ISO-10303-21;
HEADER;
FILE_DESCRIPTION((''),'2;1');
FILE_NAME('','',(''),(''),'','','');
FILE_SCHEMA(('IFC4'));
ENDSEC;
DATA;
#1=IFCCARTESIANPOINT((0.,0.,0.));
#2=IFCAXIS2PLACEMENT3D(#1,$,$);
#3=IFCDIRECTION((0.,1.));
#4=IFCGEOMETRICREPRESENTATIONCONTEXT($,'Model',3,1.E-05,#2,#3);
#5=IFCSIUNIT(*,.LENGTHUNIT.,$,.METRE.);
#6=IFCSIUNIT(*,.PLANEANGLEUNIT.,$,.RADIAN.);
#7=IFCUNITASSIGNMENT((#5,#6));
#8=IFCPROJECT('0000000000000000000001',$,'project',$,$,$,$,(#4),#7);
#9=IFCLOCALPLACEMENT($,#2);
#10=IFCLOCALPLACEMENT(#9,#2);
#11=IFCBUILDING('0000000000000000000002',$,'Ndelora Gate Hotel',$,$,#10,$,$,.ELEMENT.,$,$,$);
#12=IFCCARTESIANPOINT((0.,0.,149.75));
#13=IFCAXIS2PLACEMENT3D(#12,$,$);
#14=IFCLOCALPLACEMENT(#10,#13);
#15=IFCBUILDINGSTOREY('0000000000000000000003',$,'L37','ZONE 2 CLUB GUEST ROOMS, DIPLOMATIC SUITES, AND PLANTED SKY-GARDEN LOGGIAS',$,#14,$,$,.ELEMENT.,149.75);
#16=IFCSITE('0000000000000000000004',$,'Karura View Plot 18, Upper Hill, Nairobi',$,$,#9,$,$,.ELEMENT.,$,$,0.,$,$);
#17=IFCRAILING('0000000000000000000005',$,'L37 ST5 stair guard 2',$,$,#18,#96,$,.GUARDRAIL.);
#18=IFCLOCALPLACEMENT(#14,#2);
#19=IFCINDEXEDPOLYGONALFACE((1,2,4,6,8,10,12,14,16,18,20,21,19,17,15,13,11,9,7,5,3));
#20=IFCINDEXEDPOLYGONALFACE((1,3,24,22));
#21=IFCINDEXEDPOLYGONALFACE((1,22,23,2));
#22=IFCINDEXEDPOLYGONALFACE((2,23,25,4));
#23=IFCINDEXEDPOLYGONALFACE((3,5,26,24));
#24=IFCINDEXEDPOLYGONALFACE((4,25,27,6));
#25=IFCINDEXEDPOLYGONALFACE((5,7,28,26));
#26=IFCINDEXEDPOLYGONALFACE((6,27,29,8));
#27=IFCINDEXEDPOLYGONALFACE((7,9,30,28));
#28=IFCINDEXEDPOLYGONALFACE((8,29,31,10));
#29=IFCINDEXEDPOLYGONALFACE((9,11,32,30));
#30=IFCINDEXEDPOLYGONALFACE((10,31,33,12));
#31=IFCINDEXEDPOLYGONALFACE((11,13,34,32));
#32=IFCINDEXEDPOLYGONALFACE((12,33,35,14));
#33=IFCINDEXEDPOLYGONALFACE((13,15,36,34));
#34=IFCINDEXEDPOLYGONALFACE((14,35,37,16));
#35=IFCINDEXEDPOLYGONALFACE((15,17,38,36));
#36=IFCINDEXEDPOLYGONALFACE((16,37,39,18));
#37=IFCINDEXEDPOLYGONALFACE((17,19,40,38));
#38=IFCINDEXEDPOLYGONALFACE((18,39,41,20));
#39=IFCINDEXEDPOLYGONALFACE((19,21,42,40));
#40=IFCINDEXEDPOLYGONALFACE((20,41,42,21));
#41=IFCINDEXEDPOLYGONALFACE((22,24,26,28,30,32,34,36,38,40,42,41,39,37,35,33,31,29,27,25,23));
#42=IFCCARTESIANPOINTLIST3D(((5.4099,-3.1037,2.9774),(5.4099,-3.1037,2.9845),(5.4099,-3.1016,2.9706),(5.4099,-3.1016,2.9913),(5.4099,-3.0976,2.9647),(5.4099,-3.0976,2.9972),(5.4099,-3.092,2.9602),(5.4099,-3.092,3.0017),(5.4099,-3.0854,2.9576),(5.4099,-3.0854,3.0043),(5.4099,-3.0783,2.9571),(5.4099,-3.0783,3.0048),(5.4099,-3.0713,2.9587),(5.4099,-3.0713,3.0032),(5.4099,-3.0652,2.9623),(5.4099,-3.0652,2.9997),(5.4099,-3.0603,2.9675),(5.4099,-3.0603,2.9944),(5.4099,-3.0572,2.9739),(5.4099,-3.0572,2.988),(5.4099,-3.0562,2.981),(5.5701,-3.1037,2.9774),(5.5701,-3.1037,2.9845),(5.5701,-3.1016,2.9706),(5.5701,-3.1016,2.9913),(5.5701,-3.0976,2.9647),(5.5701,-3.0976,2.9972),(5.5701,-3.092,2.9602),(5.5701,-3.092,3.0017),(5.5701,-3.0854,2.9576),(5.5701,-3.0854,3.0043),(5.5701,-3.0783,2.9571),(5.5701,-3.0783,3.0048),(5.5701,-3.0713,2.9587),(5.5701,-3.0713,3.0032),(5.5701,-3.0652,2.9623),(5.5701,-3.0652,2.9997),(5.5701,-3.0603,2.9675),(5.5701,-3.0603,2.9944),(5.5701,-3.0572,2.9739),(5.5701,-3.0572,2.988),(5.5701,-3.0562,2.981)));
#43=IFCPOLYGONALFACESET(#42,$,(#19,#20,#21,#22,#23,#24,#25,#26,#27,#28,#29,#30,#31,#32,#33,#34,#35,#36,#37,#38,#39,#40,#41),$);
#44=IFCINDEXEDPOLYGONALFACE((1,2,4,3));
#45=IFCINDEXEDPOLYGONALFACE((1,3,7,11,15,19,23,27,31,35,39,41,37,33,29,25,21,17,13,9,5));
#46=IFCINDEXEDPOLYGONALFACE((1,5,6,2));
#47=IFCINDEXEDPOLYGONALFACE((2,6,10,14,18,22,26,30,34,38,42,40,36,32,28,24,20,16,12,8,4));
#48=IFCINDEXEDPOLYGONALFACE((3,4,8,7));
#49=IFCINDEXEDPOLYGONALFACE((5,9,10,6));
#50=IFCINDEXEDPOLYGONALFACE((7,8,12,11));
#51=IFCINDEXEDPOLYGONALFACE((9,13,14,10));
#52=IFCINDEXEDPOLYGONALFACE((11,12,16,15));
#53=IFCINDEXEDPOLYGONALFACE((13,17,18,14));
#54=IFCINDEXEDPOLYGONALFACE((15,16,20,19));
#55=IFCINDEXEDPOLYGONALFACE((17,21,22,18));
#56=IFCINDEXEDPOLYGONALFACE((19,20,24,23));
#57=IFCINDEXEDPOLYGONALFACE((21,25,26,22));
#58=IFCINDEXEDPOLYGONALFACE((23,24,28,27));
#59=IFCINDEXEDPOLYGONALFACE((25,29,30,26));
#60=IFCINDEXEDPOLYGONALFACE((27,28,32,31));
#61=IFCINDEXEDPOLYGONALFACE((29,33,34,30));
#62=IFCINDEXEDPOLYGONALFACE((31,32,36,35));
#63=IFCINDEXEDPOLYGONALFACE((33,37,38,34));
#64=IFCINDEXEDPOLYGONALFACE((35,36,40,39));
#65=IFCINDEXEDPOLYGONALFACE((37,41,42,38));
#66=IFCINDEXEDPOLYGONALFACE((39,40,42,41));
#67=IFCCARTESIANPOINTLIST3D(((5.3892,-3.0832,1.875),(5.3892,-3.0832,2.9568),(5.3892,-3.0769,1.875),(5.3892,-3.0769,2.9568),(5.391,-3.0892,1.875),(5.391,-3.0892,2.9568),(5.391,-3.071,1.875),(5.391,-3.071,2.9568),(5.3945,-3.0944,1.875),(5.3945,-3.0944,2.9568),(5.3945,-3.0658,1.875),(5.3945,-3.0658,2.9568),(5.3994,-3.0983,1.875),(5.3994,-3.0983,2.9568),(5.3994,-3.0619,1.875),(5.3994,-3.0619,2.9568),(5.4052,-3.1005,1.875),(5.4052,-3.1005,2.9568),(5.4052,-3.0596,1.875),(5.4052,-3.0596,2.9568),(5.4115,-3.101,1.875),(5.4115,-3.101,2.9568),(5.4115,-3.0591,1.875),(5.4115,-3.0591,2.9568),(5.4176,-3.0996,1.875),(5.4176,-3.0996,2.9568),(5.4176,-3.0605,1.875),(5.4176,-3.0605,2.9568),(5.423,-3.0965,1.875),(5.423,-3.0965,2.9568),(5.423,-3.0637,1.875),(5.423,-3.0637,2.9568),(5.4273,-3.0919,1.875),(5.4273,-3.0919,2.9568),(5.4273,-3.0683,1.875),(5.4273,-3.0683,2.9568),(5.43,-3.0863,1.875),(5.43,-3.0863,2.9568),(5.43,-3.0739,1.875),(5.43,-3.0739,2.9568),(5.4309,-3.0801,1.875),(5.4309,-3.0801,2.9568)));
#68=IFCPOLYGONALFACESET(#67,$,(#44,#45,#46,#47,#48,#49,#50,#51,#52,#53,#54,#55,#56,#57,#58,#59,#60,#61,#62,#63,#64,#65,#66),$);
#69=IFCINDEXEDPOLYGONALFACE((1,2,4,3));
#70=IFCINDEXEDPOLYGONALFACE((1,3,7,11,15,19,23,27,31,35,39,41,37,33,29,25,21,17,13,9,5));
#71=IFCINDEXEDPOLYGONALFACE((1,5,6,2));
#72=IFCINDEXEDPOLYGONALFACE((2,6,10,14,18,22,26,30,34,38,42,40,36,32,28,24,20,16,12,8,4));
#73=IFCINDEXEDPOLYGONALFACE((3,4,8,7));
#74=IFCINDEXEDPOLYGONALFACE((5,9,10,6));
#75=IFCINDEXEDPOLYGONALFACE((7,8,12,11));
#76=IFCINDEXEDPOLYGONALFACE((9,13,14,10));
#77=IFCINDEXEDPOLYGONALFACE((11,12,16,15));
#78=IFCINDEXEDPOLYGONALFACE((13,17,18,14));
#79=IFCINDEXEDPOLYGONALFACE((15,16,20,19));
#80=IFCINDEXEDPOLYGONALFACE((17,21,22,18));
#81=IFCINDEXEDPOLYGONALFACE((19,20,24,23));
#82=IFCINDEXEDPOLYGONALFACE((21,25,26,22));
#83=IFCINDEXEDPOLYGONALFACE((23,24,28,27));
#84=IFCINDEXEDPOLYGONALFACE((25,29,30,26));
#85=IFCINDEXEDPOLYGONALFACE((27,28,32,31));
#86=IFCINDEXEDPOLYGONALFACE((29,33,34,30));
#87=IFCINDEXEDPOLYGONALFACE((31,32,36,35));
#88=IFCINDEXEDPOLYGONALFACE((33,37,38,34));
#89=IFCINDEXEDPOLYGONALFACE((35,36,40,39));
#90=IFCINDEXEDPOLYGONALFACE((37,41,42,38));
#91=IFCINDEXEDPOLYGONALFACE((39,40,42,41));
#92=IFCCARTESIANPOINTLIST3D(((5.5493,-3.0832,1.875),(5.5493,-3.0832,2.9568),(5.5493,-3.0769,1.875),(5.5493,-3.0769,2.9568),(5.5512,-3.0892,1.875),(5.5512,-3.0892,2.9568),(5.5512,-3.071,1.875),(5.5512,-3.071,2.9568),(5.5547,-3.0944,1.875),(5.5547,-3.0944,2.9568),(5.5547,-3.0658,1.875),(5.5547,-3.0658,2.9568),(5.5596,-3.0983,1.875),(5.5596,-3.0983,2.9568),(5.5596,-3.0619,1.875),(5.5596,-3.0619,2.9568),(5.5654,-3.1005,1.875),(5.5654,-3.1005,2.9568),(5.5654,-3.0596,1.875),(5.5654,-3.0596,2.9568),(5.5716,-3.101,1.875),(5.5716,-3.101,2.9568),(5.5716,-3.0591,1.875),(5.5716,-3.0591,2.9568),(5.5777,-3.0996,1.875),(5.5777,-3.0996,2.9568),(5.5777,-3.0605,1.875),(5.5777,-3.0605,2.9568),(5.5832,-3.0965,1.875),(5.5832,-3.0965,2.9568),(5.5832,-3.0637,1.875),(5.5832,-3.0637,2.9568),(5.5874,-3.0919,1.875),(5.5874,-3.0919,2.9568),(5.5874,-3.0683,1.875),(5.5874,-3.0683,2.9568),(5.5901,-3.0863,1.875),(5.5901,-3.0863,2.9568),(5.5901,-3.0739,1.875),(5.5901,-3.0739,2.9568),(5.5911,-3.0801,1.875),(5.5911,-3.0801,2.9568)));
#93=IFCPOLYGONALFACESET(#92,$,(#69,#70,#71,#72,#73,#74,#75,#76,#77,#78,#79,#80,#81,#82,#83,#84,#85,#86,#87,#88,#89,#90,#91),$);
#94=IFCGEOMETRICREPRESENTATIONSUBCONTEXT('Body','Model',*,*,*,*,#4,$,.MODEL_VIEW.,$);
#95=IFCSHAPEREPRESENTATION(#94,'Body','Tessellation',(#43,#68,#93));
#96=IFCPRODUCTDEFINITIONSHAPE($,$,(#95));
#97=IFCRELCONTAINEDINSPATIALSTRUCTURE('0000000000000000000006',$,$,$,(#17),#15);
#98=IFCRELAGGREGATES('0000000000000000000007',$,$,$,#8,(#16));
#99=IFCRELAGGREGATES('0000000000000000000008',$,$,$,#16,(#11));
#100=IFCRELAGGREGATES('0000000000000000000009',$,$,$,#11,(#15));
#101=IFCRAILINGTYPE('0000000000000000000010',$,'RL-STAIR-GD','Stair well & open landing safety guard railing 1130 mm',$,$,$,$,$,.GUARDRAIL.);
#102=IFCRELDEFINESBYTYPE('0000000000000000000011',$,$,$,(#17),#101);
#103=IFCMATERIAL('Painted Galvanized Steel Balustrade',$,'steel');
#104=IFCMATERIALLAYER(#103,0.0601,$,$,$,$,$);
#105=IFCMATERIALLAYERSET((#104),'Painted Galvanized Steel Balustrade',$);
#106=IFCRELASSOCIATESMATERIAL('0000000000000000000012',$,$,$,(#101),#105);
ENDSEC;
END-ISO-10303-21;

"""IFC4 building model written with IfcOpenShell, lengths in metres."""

from ifc_helpers import new_model, si_unit, direction, frame, origin, origin_2d, place, context, subcontext, project, spatial, circle, extrude, material, layer, layer_set, type_object, element, save


model = new_model("IFC4")

# Units and contexts
model_context = context("Model", 3, precision=1e-05, world=origin(), true_north=direction((0.0, 1.0)))
body_context = subcontext(model_context, "Body", "Model", "MODEL_VIEW")
ifc_project = project(units=[si_unit("LENGTHUNIT", "METRE"), si_unit("PLANEANGLEUNIT", "RADIAN")], contexts=[model_context])

# Site, building, storey
site_placement = place(None, origin())
site = spatial("IfcSite", under=ifc_project, at=site_placement, Name="Karura View Plot 18, Upper Hill, Nairobi", CompositionType="ELEMENT", RefElevation=0.0)
building_placement = place(site_placement, origin())
building = spatial("IfcBuilding", under=site, at=building_placement, Name="Ndelora Gate Hotel", CompositionType="ELEMENT")
storey_placement = place(building_placement, frame((0.0, 0.0, 149.75)))
storey = spatial("IfcBuildingStorey", under=building, at=storey_placement, Name="L37", Description="ZONE 2 CLUB GUEST ROOMS, DIPLOMATIC SUITES, AND PLANTED SKY-GARDEN LOGGIAS", CompositionType="ELEMENT", Elevation=149.75)

# Railing
ifc_material_1 = material(Name="Painted Galvanized Steel Balustrade", Category="steel")
ifc_layer_1 = layer(ifc_material_1, 0.0601)
ifc_layer_set_1 = layer_set([ifc_layer_1], Name="Painted Galvanized Steel Balustrade")
railing_type_1 = type_object("IfcRailingType", Name="RL-STAIR-GD", Description="Stair well & open landing safety guard railing 1130 mm", PredefinedType="GUARDRAIL", material=ifc_layer_set_1)
railing_1_placement = place(storey_placement, frame((5.4099, -3.0801, 1.875)))
element("IfcRailing", 1, at=railing_1_placement, inside=storey, type_object=railing_type_1, Name="L37 ST5 stair guard 2", PredefinedType="GUARDRAIL", context=body_context, shape_type="SweptSolid", body=[
    extrude(circle(Radius=0.0239, at=origin_2d()), frame((0.0, 0.0, 1.106), z_axis=(1.0, 0.0, 0.0), x_axis=(0.0, 1.0, 0.0)), (0.0, 0.0, 1.0), 0.1602),
    extrude(circle(Radius=0.021, at=origin_2d()), origin(), (0.0, 0.0, 1.0), 1.0818),
    extrude(circle(Radius=0.021, at=origin_2d()), frame((0.1602, 0.0, 0.0)), (0.0, 0.0, 1.0), 1.0818),
])

save(model, "model.ifc")
